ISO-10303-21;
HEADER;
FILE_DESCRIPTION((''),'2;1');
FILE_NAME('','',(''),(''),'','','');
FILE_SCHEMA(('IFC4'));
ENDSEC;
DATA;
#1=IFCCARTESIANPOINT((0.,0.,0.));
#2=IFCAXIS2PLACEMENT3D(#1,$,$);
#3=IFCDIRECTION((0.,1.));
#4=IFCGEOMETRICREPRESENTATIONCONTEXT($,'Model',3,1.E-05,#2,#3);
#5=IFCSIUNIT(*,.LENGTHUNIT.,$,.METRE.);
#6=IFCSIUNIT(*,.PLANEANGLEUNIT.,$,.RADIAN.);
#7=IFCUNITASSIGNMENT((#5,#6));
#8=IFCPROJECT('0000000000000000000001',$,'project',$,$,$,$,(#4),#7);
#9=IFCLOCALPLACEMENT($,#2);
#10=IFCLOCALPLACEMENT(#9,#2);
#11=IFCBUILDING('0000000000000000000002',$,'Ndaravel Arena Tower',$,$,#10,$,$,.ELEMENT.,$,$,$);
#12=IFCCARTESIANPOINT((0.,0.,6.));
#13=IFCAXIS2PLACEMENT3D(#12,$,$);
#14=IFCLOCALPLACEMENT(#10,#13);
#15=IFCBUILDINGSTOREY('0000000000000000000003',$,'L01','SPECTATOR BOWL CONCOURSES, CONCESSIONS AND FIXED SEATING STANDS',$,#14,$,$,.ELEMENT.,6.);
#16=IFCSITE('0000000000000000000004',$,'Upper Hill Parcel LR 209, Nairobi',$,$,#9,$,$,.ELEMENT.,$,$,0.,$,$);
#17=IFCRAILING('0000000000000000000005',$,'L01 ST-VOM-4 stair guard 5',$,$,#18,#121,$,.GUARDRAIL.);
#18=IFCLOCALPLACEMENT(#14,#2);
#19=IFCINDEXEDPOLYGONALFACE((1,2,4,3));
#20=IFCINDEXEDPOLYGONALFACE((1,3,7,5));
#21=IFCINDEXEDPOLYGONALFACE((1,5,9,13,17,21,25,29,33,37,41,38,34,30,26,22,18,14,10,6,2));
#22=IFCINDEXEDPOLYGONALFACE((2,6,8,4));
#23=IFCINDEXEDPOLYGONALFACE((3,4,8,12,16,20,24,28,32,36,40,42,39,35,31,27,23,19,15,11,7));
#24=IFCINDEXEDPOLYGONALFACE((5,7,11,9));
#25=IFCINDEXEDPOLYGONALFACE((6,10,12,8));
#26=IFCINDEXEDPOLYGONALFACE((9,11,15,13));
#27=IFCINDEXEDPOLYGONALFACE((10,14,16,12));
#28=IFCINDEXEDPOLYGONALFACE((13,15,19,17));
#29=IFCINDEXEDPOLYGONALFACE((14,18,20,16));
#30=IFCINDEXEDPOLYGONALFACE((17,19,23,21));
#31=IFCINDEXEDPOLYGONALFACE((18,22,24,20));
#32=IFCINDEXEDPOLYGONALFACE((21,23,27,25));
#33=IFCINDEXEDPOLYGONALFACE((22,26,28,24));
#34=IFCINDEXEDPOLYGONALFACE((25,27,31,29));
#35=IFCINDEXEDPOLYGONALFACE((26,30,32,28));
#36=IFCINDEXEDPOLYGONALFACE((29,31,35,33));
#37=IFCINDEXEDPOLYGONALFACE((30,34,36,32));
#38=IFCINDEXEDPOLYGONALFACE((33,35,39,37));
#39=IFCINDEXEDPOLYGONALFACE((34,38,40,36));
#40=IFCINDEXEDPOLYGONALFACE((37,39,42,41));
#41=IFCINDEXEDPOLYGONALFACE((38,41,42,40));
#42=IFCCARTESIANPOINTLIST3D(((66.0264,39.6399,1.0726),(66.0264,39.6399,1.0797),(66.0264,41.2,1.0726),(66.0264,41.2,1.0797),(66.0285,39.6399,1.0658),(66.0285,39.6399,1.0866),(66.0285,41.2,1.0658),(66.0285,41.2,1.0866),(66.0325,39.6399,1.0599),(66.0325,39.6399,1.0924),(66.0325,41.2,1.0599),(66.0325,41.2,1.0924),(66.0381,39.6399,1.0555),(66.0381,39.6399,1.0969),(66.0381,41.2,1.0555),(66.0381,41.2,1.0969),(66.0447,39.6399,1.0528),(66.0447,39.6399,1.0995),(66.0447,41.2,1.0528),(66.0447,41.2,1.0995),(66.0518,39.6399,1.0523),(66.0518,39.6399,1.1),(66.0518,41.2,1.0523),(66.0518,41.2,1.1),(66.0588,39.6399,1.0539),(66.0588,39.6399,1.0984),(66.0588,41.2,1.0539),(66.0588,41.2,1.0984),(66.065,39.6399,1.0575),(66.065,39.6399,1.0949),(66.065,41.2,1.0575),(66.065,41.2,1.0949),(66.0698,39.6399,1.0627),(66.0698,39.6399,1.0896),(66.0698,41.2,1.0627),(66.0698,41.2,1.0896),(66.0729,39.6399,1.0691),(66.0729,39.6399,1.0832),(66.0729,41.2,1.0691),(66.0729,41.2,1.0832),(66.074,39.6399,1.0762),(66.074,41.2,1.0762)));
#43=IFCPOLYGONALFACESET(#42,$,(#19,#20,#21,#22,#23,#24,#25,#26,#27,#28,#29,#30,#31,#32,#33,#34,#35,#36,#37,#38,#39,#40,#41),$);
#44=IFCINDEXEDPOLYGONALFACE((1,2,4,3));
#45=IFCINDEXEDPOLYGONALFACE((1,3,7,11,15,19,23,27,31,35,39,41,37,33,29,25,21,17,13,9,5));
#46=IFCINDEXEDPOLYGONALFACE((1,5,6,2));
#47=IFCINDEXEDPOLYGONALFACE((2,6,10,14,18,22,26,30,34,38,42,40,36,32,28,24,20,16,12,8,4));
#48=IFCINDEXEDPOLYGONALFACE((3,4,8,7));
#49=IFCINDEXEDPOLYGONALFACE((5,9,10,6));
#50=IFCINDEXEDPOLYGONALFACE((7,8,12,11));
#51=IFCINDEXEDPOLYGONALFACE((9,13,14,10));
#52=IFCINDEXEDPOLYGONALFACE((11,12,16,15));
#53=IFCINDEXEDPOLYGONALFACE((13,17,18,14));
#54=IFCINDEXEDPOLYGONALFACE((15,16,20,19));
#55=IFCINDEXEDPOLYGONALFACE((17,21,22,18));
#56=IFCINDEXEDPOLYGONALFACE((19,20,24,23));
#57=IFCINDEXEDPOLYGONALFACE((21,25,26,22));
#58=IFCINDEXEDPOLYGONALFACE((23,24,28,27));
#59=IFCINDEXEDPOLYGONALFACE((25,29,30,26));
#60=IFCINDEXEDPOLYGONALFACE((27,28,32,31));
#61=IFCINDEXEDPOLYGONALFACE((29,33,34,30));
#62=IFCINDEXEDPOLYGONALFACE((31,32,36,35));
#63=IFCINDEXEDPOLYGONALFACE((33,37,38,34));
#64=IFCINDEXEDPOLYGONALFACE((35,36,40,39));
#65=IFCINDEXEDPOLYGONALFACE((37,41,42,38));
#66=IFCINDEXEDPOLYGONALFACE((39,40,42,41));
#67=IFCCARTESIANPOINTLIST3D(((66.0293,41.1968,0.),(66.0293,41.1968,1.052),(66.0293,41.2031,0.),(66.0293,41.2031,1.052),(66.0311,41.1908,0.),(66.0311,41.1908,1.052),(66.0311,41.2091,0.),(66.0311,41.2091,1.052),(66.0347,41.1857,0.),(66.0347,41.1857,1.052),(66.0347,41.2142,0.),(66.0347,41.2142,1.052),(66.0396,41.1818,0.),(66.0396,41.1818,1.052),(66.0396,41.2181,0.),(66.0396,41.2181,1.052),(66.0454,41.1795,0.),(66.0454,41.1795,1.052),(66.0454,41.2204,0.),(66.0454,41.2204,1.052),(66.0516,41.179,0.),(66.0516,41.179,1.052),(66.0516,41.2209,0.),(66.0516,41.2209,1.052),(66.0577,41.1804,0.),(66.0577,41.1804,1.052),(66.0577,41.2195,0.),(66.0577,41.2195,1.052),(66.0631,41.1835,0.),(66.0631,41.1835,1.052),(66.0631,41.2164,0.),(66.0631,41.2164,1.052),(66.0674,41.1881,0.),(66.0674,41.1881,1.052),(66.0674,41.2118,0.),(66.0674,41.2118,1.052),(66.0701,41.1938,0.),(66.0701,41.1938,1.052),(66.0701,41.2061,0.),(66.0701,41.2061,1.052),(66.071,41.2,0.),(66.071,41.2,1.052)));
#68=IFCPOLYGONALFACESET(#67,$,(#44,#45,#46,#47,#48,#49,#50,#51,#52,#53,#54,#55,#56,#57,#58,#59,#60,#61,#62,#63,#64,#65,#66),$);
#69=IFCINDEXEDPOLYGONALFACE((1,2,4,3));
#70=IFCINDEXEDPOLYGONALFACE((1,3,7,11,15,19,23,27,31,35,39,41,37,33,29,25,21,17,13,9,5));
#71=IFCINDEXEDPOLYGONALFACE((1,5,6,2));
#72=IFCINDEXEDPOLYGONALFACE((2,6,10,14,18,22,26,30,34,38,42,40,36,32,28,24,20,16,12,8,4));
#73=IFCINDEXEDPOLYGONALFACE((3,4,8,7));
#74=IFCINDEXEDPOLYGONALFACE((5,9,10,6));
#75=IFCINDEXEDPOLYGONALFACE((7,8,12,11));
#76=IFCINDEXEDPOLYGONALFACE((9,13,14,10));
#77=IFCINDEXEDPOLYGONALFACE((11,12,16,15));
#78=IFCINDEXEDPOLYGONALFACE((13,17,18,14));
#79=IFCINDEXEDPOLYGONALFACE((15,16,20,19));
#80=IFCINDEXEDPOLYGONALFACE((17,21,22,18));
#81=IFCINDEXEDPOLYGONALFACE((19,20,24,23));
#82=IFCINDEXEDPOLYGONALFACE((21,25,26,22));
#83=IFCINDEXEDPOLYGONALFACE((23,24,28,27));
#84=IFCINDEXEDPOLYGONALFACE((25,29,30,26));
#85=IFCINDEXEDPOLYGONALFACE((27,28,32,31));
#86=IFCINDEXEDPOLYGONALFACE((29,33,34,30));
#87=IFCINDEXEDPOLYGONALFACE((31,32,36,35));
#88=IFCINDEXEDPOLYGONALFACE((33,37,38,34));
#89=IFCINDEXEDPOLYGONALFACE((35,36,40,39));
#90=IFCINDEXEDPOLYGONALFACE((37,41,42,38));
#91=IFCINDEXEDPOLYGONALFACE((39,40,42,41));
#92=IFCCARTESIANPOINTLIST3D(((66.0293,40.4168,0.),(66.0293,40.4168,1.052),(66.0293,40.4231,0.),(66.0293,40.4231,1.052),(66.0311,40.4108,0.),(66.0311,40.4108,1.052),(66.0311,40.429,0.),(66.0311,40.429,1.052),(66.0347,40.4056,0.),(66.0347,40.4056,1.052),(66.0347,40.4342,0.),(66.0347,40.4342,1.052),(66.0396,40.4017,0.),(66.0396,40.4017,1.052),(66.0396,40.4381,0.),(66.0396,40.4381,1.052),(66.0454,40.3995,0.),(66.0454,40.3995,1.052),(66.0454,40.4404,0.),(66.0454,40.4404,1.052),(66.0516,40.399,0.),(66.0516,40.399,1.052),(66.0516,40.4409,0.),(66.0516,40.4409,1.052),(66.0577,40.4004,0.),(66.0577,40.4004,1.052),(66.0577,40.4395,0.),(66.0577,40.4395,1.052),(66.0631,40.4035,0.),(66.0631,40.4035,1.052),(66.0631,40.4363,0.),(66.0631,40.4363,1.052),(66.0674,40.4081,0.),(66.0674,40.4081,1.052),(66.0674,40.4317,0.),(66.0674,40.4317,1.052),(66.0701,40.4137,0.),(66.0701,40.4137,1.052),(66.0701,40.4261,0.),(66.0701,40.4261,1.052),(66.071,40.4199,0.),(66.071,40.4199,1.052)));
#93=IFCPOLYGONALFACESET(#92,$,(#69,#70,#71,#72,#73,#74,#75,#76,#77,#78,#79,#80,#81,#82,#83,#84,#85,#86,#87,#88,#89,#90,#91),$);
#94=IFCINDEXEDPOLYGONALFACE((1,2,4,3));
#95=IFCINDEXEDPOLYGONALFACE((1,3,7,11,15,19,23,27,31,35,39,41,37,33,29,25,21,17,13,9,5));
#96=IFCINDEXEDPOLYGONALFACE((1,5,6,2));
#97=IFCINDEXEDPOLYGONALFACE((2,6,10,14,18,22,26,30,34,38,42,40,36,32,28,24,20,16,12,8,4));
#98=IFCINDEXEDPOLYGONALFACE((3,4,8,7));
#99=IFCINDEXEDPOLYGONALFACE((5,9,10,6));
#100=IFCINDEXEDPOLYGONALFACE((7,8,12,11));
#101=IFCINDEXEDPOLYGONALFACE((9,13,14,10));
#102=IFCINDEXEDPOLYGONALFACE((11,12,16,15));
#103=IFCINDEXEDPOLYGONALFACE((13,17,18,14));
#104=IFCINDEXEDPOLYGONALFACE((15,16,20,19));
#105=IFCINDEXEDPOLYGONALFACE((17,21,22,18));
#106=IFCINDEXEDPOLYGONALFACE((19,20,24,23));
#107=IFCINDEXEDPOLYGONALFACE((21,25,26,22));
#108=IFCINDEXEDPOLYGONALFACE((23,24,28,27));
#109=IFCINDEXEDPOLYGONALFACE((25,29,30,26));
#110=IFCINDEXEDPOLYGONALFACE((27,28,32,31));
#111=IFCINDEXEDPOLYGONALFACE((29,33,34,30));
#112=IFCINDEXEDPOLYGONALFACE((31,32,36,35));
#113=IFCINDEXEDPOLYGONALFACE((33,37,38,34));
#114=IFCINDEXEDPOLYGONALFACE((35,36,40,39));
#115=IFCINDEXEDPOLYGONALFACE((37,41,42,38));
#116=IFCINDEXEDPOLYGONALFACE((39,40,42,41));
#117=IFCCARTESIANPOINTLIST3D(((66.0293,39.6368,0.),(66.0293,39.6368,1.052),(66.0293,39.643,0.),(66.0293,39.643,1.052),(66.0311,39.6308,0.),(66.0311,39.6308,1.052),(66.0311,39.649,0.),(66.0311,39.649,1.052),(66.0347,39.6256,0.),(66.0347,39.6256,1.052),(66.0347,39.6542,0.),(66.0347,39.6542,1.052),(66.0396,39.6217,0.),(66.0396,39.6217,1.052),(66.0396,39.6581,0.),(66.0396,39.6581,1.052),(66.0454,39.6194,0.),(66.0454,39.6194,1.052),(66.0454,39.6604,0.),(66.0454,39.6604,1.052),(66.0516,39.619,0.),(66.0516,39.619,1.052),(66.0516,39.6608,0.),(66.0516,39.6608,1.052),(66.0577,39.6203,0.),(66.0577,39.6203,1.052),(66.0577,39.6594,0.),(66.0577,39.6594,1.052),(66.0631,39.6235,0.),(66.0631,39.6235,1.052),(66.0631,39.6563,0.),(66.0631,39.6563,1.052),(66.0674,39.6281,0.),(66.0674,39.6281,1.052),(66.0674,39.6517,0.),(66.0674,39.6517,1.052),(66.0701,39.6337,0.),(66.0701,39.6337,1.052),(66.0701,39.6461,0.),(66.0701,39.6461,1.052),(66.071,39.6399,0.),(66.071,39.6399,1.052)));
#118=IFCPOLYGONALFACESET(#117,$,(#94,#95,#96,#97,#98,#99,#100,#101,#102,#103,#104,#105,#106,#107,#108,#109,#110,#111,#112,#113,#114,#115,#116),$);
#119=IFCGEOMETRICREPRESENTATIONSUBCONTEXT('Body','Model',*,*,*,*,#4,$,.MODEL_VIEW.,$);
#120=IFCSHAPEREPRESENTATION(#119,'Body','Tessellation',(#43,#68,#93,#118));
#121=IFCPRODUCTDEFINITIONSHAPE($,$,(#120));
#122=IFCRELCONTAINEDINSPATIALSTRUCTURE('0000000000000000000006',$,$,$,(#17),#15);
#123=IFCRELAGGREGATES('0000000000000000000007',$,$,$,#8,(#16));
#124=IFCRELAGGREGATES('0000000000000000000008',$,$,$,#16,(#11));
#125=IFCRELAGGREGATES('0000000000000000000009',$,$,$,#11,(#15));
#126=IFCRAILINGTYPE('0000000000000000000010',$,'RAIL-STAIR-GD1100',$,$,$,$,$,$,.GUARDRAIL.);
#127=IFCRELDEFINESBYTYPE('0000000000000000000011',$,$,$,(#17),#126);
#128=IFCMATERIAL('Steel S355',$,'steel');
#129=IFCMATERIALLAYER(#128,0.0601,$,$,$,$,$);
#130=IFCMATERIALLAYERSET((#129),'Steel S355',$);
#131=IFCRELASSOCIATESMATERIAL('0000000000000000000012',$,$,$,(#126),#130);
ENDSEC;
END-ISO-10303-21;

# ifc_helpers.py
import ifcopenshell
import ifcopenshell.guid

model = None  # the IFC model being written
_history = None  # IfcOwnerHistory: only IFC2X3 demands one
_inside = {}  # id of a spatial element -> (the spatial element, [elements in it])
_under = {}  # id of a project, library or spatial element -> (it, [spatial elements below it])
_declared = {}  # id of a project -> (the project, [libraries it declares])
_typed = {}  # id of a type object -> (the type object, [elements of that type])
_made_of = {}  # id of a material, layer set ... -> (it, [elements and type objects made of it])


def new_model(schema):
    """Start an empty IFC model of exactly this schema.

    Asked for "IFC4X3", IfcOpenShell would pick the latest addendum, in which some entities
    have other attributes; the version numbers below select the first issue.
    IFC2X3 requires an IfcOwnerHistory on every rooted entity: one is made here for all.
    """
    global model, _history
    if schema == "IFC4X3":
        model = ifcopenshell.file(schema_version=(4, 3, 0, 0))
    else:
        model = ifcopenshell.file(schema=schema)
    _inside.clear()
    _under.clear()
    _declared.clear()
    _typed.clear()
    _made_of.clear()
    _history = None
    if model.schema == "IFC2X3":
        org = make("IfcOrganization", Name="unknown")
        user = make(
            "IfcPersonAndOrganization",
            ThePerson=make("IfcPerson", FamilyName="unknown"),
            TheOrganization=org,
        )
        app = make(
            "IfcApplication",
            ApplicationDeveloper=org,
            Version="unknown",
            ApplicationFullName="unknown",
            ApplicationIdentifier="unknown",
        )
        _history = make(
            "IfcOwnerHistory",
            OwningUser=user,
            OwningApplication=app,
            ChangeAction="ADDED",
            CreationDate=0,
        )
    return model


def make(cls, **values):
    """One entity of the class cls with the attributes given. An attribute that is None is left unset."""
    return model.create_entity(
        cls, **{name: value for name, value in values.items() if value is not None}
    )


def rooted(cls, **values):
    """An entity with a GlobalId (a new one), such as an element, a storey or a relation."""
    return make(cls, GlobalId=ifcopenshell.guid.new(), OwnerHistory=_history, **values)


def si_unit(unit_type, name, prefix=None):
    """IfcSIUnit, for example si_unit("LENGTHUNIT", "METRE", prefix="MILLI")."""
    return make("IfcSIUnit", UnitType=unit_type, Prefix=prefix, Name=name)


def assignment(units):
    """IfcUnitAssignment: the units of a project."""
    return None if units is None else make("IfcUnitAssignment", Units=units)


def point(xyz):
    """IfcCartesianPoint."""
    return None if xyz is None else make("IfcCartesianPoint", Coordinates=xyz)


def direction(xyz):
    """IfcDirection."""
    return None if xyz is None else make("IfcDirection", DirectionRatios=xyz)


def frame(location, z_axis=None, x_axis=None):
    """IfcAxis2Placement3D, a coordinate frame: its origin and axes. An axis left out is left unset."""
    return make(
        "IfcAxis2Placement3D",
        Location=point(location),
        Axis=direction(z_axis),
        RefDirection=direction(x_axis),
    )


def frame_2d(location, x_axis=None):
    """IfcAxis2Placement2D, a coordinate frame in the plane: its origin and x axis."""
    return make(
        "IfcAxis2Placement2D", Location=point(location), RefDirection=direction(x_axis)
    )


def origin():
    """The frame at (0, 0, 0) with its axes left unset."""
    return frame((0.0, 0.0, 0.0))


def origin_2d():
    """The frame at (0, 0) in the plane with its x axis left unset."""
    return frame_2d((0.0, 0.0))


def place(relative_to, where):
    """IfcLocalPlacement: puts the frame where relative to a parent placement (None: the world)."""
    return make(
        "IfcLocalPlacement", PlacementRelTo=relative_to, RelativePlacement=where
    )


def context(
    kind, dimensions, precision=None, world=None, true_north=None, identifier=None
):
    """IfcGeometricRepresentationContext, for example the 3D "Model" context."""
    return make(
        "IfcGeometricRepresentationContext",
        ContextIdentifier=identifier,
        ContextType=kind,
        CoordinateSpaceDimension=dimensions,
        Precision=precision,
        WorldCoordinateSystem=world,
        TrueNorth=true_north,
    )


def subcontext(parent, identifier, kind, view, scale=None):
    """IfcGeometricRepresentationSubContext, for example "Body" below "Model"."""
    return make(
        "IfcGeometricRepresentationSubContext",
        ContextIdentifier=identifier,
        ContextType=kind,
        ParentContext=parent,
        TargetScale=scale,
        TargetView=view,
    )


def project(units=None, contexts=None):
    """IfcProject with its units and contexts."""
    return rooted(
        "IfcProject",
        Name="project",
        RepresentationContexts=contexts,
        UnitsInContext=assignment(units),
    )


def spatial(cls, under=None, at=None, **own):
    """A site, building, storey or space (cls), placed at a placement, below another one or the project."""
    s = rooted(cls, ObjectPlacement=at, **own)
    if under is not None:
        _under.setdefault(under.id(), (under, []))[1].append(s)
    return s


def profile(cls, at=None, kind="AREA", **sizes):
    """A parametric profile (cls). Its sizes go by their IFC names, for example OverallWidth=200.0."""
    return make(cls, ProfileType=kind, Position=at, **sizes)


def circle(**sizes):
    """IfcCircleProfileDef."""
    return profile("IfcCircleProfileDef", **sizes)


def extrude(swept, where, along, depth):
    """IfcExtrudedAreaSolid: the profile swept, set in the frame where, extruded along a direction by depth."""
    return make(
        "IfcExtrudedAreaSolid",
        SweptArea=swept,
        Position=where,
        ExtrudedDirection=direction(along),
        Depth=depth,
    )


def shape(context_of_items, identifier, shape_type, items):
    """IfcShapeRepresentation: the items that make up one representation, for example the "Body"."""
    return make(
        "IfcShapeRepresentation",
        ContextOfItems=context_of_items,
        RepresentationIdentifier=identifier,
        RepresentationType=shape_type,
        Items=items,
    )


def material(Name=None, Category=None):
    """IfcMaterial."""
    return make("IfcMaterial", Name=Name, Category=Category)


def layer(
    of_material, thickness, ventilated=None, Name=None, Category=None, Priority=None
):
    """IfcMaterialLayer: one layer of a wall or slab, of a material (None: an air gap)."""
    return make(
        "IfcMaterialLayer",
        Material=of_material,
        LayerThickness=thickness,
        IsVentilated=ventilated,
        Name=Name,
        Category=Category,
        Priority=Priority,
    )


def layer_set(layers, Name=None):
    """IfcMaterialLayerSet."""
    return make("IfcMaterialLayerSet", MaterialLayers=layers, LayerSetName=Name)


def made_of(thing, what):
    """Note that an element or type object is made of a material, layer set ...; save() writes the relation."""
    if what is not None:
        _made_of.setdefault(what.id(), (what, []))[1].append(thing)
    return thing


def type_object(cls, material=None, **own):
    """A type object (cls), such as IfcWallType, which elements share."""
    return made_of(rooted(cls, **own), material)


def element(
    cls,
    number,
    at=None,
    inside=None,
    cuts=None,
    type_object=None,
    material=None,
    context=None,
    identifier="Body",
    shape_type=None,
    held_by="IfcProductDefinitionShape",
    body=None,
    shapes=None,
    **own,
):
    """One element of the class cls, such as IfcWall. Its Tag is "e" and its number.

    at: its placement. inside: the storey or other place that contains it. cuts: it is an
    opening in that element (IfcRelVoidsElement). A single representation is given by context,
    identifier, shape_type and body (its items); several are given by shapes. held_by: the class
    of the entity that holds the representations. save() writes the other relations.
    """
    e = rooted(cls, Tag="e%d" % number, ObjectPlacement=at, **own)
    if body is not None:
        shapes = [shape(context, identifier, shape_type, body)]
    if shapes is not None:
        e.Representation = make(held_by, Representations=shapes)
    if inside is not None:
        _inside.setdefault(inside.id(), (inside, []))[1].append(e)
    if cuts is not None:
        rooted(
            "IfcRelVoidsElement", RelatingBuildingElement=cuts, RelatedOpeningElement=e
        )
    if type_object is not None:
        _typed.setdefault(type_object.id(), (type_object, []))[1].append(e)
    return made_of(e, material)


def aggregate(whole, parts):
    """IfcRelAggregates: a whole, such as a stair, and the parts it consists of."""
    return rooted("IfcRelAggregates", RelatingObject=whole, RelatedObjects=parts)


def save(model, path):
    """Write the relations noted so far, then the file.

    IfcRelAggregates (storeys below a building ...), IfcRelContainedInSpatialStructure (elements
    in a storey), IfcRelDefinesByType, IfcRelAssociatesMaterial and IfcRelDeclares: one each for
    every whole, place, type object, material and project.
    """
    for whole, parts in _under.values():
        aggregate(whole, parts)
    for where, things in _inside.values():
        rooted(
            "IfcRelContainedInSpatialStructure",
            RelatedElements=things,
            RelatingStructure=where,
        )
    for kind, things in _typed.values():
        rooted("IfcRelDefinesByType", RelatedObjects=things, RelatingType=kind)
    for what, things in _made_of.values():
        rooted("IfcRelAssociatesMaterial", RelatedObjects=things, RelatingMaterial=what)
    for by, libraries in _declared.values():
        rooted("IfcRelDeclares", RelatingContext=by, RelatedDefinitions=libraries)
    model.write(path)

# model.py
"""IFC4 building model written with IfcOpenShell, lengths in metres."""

from ifc_helpers import new_model, si_unit, direction, frame, origin, origin_2d, place, context, subcontext, project, spatial, circle, extrude, material, layer, layer_set, type_object, element, save


model = new_model("IFC4")

# Units and contexts
model_context = context("Model", 3, precision=1e-05, world=origin(), true_north=direction((0.0, 1.0)))
body_context = subcontext(model_context, "Body", "Model", "MODEL_VIEW")
ifc_project = project(units=[si_unit("LENGTHUNIT", "METRE"), si_unit("PLANEANGLEUNIT", "RADIAN")], contexts=[model_context])

# Site, building, storey
site_placement = place(None, origin())
site = spatial("IfcSite", under=ifc_project, at=site_placement, Name="Upper Hill Parcel LR 209, Nairobi", CompositionType="ELEMENT", RefElevation=0.0)
building_placement = place(site_placement, origin())
building = spatial("IfcBuilding", under=site, at=building_placement, Name="Ndaravel Arena Tower", CompositionType="ELEMENT")
storey_placement = place(building_placement, frame((0.0, 0.0, 6.0)))
storey = spatial("IfcBuildingStorey", under=building, at=storey_placement, Name="L01", Description="SPECTATOR BOWL CONCOURSES, CONCESSIONS AND FIXED SEATING STANDS", CompositionType="ELEMENT", Elevation=6.0)

# Railing
ifc_material_1 = material(Name="Steel S355", Category="steel")
ifc_layer_1 = layer(ifc_material_1, 0.0601)
ifc_layer_set_1 = layer_set([ifc_layer_1], Name="Steel S355")
railing_type_1 = type_object("IfcRailingType", Name="RAIL-STAIR-GD1100", PredefinedType="GUARDRAIL", material=ifc_layer_set_1)
railing_1_placement = place(storey_placement, frame((66.05, 41.2, 0.0)))
element("IfcRailing", 1, at=railing_1_placement, inside=storey, type_object=railing_type_1, Name="L01 ST-VOM-4 stair guard 5", PredefinedType="GUARDRAIL", context=body_context, shape_type="SweptSolid", body=[
    extrude(circle(Radius=0.0239, at=origin_2d()), frame((0.0, 0.0, 1.0762), z_axis=(0.0, -1.0, 0.0), x_axis=(1.0, 0.0, 0.0)), (0.0, 0.0, 1.0), 1.5601),
    extrude(circle(Radius=0.021, at=origin_2d()), origin(), (0.0, 0.0, 1.0), 1.052),
    extrude(circle(Radius=0.021, at=origin_2d()), frame((0.0, -0.78, 0.0)), (0.0, 0.0, 1.0), 1.052),
    extrude(circle(Radius=0.021, at=origin_2d()), frame((0.0, -1.5601, 0.0)), (0.0, 0.0, 1.0), 1.052),
])

save(model, "model.ifc")
